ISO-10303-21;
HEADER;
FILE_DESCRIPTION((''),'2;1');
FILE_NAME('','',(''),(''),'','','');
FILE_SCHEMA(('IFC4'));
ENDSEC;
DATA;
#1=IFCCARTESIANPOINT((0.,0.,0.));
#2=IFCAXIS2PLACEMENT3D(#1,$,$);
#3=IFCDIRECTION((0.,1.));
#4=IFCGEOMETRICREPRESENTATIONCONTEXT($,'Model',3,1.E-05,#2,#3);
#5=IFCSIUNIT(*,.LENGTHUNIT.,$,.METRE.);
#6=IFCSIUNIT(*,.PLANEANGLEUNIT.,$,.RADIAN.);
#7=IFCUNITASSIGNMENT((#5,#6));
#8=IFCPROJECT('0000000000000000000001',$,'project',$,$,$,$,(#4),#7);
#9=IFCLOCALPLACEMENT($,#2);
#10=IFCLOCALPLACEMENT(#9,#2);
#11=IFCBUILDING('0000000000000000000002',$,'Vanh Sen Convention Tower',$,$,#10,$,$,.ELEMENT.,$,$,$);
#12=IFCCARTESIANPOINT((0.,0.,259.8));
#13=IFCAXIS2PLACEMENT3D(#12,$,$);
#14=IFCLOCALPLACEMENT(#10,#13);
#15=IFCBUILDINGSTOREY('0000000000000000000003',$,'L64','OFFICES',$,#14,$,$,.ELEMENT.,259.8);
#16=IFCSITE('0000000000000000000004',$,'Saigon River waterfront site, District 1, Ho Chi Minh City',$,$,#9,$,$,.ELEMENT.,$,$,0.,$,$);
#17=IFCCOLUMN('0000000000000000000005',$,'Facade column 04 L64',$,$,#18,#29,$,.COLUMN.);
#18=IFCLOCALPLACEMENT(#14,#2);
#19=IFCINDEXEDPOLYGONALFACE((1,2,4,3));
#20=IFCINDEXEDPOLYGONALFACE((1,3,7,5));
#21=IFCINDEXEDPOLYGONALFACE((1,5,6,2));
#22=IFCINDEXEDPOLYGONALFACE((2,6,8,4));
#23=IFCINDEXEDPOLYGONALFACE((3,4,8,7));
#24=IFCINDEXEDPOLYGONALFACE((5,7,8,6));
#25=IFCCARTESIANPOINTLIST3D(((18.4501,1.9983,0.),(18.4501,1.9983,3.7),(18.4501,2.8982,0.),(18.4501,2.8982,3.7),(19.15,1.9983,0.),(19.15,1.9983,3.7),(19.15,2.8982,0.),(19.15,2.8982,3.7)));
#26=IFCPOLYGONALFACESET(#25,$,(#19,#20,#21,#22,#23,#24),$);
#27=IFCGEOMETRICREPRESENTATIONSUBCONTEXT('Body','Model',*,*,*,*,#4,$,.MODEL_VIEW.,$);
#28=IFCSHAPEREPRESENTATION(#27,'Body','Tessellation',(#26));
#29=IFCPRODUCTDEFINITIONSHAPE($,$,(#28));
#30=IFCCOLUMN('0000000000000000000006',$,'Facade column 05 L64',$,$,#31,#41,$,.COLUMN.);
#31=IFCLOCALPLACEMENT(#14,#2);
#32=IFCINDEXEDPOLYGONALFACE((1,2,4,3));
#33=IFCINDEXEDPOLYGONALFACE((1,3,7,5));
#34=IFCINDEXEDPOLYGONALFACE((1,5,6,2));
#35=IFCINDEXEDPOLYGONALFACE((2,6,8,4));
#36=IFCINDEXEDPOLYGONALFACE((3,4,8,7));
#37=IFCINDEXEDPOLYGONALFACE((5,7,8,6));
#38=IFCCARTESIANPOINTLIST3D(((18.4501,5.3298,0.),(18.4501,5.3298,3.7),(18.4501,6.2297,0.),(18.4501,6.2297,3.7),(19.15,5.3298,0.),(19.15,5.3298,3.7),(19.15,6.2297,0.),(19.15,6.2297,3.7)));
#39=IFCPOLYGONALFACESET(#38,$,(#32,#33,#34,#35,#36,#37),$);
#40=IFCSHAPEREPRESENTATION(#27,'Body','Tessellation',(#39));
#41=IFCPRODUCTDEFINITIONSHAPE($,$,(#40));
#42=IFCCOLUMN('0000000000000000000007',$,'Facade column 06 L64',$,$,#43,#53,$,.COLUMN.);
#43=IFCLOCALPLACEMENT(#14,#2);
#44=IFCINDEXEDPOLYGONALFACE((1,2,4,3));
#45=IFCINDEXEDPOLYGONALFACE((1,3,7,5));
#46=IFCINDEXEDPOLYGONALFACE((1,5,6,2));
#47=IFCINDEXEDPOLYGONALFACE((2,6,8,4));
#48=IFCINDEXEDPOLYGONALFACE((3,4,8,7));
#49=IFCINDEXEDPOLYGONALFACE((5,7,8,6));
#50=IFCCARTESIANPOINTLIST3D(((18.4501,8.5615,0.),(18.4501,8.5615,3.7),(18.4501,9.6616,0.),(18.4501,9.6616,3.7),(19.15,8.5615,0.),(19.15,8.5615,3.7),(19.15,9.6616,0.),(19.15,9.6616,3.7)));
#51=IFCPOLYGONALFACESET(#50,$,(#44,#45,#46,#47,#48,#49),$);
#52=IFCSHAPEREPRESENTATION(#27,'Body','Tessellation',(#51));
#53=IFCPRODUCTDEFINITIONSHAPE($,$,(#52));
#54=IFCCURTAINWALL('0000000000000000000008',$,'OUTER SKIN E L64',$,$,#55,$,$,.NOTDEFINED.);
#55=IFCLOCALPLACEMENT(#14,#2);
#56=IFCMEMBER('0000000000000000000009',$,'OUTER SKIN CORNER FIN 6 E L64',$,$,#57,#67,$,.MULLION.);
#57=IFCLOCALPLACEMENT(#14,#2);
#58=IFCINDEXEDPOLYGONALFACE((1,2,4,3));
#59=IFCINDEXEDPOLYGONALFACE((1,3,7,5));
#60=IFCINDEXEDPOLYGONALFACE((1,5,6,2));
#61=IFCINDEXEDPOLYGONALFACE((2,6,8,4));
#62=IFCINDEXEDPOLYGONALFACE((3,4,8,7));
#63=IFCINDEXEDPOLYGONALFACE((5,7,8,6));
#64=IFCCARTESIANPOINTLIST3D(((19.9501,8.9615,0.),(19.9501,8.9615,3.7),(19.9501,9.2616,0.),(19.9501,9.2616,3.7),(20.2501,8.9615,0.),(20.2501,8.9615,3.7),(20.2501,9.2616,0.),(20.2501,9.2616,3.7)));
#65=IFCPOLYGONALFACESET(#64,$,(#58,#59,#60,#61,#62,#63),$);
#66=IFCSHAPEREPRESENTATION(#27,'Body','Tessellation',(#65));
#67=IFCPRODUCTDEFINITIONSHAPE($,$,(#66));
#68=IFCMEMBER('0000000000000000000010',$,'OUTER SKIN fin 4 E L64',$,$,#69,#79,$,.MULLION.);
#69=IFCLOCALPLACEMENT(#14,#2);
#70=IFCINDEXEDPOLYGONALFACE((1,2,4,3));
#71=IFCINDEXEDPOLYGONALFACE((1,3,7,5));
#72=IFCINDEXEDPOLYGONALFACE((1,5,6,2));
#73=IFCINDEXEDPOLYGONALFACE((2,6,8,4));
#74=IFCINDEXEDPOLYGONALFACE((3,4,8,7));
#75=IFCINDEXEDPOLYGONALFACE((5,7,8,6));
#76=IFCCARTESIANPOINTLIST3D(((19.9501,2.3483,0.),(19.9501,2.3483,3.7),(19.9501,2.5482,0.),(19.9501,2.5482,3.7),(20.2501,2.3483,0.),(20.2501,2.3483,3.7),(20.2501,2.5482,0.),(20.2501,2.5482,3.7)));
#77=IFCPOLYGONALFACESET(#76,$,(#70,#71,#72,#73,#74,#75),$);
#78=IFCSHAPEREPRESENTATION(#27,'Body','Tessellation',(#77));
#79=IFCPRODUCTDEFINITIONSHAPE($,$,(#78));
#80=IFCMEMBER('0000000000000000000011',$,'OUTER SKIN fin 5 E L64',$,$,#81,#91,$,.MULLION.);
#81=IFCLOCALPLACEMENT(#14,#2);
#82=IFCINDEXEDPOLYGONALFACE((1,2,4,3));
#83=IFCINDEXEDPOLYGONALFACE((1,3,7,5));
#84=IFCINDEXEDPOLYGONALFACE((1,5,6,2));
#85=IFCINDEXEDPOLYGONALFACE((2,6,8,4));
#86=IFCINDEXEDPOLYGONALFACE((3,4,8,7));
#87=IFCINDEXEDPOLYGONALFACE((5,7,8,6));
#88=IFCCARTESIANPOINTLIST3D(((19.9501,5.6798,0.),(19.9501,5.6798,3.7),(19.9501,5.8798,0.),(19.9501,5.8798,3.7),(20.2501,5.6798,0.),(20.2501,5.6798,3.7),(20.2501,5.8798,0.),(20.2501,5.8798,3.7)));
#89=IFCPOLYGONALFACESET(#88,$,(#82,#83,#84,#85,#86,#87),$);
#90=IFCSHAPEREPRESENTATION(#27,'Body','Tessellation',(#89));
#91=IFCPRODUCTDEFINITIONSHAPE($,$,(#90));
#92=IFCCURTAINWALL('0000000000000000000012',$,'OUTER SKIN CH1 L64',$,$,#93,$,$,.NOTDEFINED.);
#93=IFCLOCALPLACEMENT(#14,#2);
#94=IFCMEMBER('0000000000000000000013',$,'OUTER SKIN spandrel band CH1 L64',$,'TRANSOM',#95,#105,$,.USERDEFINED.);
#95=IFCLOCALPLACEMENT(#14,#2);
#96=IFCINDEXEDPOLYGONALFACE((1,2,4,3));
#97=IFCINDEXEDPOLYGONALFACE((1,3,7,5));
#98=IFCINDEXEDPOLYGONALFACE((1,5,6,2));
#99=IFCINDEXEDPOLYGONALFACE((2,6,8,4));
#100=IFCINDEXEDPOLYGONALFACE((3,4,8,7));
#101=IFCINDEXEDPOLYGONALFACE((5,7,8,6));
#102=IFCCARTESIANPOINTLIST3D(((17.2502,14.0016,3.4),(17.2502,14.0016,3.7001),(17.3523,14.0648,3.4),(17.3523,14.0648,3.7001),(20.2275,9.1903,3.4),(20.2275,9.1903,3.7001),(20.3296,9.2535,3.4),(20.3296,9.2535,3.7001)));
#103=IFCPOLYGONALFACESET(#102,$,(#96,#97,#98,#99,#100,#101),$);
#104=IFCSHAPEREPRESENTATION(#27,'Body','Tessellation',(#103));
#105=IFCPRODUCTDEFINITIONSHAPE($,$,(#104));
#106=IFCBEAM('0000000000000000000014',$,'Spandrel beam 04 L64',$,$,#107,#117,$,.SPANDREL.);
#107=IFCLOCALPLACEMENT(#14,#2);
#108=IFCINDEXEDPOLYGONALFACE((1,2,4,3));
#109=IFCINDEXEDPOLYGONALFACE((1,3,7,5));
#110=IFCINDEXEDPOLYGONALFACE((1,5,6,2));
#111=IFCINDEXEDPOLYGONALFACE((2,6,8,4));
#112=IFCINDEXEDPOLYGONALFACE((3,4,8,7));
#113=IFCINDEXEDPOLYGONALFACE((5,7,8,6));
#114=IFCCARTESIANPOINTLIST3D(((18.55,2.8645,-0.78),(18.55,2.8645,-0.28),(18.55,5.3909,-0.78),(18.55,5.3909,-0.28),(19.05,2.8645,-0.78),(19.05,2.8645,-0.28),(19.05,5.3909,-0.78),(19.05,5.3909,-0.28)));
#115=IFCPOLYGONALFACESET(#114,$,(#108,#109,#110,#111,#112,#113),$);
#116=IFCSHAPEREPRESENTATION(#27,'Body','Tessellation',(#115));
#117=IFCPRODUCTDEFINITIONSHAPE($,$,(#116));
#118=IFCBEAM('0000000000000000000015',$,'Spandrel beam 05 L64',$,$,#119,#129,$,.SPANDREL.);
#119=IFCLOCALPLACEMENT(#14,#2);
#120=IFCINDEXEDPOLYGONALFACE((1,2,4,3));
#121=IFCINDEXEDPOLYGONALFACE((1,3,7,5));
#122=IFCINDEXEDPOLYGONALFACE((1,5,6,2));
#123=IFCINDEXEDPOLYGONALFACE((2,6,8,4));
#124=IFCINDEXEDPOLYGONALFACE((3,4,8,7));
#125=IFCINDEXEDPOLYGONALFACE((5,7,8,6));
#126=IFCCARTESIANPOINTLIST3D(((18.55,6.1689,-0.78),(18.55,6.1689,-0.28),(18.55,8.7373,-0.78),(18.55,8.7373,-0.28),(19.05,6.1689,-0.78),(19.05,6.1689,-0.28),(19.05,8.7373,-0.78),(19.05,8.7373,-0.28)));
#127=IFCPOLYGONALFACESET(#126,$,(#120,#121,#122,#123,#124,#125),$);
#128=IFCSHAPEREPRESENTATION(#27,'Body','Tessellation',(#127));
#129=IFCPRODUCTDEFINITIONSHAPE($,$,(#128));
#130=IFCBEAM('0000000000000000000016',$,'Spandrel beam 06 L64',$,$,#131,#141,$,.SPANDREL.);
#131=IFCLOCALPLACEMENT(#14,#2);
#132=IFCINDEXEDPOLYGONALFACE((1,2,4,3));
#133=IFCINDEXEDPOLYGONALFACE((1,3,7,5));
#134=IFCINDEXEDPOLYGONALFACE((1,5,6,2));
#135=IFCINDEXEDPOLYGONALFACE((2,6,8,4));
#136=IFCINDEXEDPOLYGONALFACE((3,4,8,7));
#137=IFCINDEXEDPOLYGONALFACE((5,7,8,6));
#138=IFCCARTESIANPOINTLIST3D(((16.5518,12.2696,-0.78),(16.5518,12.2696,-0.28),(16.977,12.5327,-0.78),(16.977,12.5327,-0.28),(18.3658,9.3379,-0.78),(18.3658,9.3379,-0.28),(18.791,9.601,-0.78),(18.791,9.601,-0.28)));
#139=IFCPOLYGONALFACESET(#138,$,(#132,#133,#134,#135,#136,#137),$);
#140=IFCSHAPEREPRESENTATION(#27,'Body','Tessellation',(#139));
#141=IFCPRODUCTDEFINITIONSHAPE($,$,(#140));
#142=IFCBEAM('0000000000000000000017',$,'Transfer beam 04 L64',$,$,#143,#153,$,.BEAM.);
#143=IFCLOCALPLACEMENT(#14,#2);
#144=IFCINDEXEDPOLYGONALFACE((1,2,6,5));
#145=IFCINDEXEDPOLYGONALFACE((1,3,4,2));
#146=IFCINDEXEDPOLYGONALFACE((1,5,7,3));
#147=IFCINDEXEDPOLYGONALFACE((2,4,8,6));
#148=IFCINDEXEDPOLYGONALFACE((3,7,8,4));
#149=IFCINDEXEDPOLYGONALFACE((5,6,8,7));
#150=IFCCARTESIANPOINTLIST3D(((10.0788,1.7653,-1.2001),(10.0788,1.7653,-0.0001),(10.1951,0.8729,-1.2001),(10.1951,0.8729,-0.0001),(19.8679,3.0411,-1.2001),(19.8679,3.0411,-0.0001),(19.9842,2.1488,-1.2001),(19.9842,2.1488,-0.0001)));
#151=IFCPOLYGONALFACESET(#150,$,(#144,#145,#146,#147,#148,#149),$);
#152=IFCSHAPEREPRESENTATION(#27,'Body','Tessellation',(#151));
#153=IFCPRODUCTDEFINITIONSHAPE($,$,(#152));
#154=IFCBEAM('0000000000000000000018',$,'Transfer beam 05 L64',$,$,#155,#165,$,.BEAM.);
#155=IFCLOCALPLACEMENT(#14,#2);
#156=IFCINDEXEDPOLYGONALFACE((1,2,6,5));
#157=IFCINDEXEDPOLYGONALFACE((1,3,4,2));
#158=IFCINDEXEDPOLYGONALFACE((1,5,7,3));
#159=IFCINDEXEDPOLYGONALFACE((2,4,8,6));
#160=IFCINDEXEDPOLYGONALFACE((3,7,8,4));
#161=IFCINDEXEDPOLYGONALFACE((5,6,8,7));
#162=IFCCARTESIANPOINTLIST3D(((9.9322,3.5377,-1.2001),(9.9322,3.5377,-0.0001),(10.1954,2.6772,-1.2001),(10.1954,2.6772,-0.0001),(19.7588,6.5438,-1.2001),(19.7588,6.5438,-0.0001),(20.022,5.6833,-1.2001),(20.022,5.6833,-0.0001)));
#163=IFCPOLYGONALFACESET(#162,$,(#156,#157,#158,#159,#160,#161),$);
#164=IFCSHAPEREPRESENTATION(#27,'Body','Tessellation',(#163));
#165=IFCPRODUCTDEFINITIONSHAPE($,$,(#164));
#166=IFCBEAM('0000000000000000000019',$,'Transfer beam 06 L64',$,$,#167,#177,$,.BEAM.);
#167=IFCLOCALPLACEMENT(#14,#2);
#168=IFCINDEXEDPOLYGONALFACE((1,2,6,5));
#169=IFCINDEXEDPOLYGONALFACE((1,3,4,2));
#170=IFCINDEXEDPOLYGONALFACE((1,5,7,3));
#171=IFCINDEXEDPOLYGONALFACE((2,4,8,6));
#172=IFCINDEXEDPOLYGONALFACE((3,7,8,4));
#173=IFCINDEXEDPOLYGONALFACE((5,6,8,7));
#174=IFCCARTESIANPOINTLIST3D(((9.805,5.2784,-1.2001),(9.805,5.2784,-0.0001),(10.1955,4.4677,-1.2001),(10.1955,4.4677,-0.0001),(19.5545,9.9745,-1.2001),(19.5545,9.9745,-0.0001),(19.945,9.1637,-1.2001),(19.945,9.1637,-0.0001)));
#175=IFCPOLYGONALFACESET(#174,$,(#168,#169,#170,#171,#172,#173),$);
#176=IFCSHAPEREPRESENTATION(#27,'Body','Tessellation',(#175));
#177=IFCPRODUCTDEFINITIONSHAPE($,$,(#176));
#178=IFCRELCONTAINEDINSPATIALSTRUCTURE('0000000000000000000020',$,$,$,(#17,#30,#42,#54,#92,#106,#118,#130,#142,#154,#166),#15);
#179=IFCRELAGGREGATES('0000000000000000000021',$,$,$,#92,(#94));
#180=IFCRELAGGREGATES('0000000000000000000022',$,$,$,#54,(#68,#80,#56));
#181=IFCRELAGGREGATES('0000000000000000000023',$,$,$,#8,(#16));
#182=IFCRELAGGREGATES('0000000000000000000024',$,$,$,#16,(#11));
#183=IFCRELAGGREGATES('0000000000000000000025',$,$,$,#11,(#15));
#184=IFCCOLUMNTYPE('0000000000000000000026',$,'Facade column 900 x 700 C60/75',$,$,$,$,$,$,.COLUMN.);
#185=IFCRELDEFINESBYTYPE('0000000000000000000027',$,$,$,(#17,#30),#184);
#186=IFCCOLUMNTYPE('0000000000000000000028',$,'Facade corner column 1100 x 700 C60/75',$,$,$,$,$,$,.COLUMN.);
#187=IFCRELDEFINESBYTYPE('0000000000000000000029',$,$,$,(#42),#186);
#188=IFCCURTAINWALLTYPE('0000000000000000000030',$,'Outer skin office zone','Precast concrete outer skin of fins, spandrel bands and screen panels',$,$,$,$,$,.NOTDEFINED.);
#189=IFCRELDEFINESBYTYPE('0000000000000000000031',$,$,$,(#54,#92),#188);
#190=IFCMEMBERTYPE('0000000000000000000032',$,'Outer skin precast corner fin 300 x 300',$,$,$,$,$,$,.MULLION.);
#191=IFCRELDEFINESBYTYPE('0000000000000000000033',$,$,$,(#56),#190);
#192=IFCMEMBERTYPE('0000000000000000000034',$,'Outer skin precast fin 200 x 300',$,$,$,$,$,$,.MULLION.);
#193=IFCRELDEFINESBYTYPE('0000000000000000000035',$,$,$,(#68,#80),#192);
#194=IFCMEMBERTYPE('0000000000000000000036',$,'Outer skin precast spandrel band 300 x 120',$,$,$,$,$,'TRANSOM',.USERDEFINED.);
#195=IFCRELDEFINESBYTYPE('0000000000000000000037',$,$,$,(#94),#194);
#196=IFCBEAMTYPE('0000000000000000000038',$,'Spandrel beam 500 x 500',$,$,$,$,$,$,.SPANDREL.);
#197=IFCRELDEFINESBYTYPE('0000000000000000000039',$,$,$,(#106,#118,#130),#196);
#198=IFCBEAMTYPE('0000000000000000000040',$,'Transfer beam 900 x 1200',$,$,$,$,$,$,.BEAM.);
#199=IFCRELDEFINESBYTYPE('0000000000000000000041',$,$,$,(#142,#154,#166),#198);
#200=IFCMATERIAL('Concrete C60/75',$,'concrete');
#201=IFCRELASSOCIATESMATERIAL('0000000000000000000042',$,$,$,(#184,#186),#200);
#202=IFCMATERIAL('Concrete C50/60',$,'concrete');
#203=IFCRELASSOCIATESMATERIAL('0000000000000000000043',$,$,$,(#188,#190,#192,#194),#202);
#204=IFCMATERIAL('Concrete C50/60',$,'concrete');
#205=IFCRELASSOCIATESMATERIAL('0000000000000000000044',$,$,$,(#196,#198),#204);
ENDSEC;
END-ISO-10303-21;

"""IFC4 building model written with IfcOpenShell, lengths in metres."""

from ifc_helpers import new_model, si_unit, direction, frame, origin, origin_2d, place, context, subcontext, project, spatial, rectangle, extrude, material, material_profile, profile_set, type_object, element, aggregate, save


model = new_model("IFC4")

# Units and contexts
model_context = context("Model", 3, precision=1e-05, world=origin(), true_north=direction((0.0, 1.0)))
body_context = subcontext(model_context, "Body", "Model", "MODEL_VIEW")
ifc_project = project(units=[si_unit("LENGTHUNIT", "METRE"), si_unit("PLANEANGLEUNIT", "RADIAN")], contexts=[model_context])

# Site, building, storey
site_placement = place(None, origin())
site = spatial("IfcSite", under=ifc_project, at=site_placement, Name="Saigon River waterfront site, District 1, Ho Chi Minh City", CompositionType="ELEMENT", RefElevation=0.0)
building_placement = place(site_placement, origin())
building = spatial("IfcBuilding", under=site, at=building_placement, Name="Vanh Sen Convention Tower", CompositionType="ELEMENT")
storey_placement = place(building_placement, frame((0.0, 0.0, 259.8)))
storey = spatial("IfcBuildingStorey", under=building, at=storey_placement, Name="L64", Description="OFFICES", CompositionType="ELEMENT", Elevation=259.8)

# Columns
ifc_material_1 = material(Name="Concrete C60/75", Category="concrete")
ifc_material_profile_1 = material_profile(ifc_material_1, rectangle(XDim=0.8999, YDim=0.7, at=origin_2d()), Name="RC 900X700")
ifc_profile_set_1 = profile_set([ifc_material_profile_1], Name="Concrete C60/75")
column_type_1 = type_object("IfcColumnType", Name="Facade column 900 x 700 C60/75", PredefinedType="COLUMN", material=ifc_profile_set_1)
for number, where, z_axis, x_axis, name in (
    (1, (18.8, 2.4482, 0.0), (0.0, 0.0, 1.0), (0.0, 1.0, 0.0), "Facade column 04 L64"),
    (2, (18.8, 5.7798, 0.0), (0.0, 0.0, 1.0), (0.0, 1.0, 0.0), "Facade column 05 L64"),
):
    element("IfcColumn", number, at=place(storey_placement, frame(where, z_axis=z_axis, x_axis=x_axis)), inside=storey, type_object=column_type_1, Name=name, PredefinedType="COLUMN", context=body_context, shape_type="SweptSolid", body=[
        extrude(rectangle(XDim=0.8999, YDim=0.7, at=origin_2d()), origin(), (0.0, 0.0, 1.0), 3.7),
    ])
ifc_material_profile_2 = material_profile(ifc_material_1, rectangle(XDim=1.1001, YDim=0.7, at=origin_2d()), Name="RC 1100X700")
ifc_profile_set_2 = profile_set([ifc_material_profile_2], Name="Concrete C60/75")
column_type_2 = type_object("IfcColumnType", Name="Facade corner column 1100 x 700 C60/75", PredefinedType="COLUMN", material=ifc_profile_set_2)
column_placement = place(storey_placement, frame((18.8, 9.1116, 0.0), z_axis=(0.0, 0.0, 1.0), x_axis=(0.0, 1.0, 0.0)))
element("IfcColumn", 3, at=column_placement, inside=storey, type_object=column_type_2, Name="Facade column 06 L64", PredefinedType="COLUMN", context=body_context, shape_type="SweptSolid", body=[
    extrude(rectangle(XDim=1.1001, YDim=0.7, at=origin_2d()), origin(), (0.0, 0.0, 1.0), 3.7),
])

# Curtain wall, members
ifc_material_2 = material(Name="Concrete C50/60", Category="concrete")
curtain_wall_type = type_object("IfcCurtainWallType", Name="Outer skin office zone", Description="Precast concrete outer skin of fins, spandrel bands and screen panels", PredefinedType="NOTDEFINED", material=ifc_material_2)
curtain_wall_1_placement = place(storey_placement, origin())
curtain_wall_1 = element("IfcCurtainWall", 4, at=curtain_wall_1_placement, inside=storey, type_object=curtain_wall_type, Name="OUTER SKIN E L64", PredefinedType="NOTDEFINED")
ifc_material_profile_3 = material_profile(ifc_material_2, rectangle(XDim=0.3, YDim=0.3, at=origin_2d()), Name="Outer skin precast corner fin 300 x 300")
ifc_profile_set_3 = profile_set([ifc_material_profile_3], Name="Concrete C50/60")
member_type_1 = type_object("IfcMemberType", Name="Outer skin precast corner fin 300 x 300", PredefinedType="MULLION", material=ifc_profile_set_3)
member_1_placement = place(storey_placement, frame((20.1001, 9.1116, 0.0), z_axis=(0.0, 0.0, 1.0), x_axis=(0.0, 1.0, 0.0)))
member_1 = element("IfcMember", 5, at=member_1_placement, type_object=member_type_1, Name="OUTER SKIN CORNER FIN 6 E L64", PredefinedType="MULLION", context=body_context, shape_type="SweptSolid", body=[
    extrude(rectangle(XDim=0.3, YDim=0.3, at=origin_2d()), origin(), (0.0, 0.0, 1.0), 3.7),
])
ifc_material_profile_4 = material_profile(ifc_material_2, rectangle(XDim=0.2, YDim=0.3, at=origin_2d()), Name="Outer skin precast fin 200 x 300")
ifc_profile_set_4 = profile_set([ifc_material_profile_4], Name="Concrete C50/60")
member_type_2 = type_object("IfcMemberType", Name="Outer skin precast fin 200 x 300", PredefinedType="MULLION", material=ifc_profile_set_4)
member_2_placement = place(storey_placement, frame((20.1001, 2.4482, 0.0), z_axis=(0.0, 0.0, 1.0), x_axis=(0.0, 1.0, 0.0)))
member_2 = element("IfcMember", 6, at=member_2_placement, type_object=member_type_2, Name="OUTER SKIN fin 4 E L64", PredefinedType="MULLION", context=body_context, shape_type="SweptSolid", body=[
    extrude(rectangle(XDim=0.2, YDim=0.3, at=origin_2d()), origin(), (0.0, 0.0, 1.0), 3.7),
])
member_3_placement = place(storey_placement, frame((20.1001, 5.7798, 0.0), z_axis=(0.0, 0.0, 1.0), x_axis=(0.0, 1.0, 0.0)))
member_3 = element("IfcMember", 7, at=member_3_placement, type_object=member_type_2, Name="OUTER SKIN fin 5 E L64", PredefinedType="MULLION", context=body_context, shape_type="SweptSolid", body=[
    extrude(rectangle(XDim=0.2, YDim=0.3, at=origin_2d()), origin(), (0.0, 0.0, 1.0), 3.7),
])

# Curtain wall, member
curtain_wall_2_placement = place(storey_placement, origin())
curtain_wall_2 = element("IfcCurtainWall", 8, at=curtain_wall_2_placement, inside=storey, type_object=curtain_wall_type, Name="OUTER SKIN CH1 L64", PredefinedType="NOTDEFINED")
ifc_material_profile_5 = material_profile(ifc_material_2, rectangle(XDim=0.1201, YDim=0.3, at=origin_2d()), Name="Outer skin precast spandrel band 300 x 120")
ifc_profile_set_5 = profile_set([ifc_material_profile_5], Name="Concrete C50/60")
member_type_3 = type_object("IfcMemberType", Name="Outer skin precast spandrel band 300 x 120", ElementType="TRANSOM", PredefinedType="USERDEFINED", material=ifc_profile_set_5)
member_4_placement = place(storey_placement, frame((20.2786, 9.2219, 3.55), z_axis=(-0.526212, 0.850353, 0.0), x_axis=(-0.850353, -0.526212, 0.0)))
member_4 = element("IfcMember", 9, at=member_4_placement, type_object=member_type_3, Name="OUTER SKIN spandrel band CH1 L64", ObjectType="TRANSOM", PredefinedType="USERDEFINED", context=body_context, shape_type="SweptSolid", body=[
    extrude(rectangle(XDim=0.1201, YDim=0.3, at=origin_2d()), origin(), (0.0, 0.0, 1.0), 5.658),
])
aggregate(curtain_wall_2, [member_4])

# Beams
ifc_material_3 = material(Name="Concrete C50/60", Category="concrete")
ifc_material_profile_6 = material_profile(ifc_material_3, rectangle(XDim=0.5, YDim=0.5, at=origin_2d()), Name="RC 500X500")
ifc_profile_set_6 = profile_set([ifc_material_profile_6], Name="Concrete C50/60")
beam_type_1 = type_object("IfcBeamType", Name="Spandrel beam 500 x 500", PredefinedType="SPANDREL", material=ifc_profile_set_6)
beam_1_placement = place(storey_placement, frame((18.8, 2.8645, -0.53), z_axis=(0.0, 1.0, 0.0), x_axis=(-1.0, 0.0, 0.0)))
element("IfcBeam", 10, at=beam_1_placement, inside=storey, type_object=beam_type_1, Name="Spandrel beam 04 L64", PredefinedType="SPANDREL", context=body_context, shape_type="SweptSolid", body=[
    extrude(rectangle(XDim=0.5, YDim=0.5, at=origin_2d()), origin(), (0.0, 0.0, 1.0), 2.5264),
])
beam_2_placement = place(storey_placement, frame((18.8, 6.1689, -0.53), z_axis=(0.0, 1.0, 0.0), x_axis=(-1.0, 0.0, 0.0)))
element("IfcBeam", 11, at=beam_2_placement, inside=storey, type_object=beam_type_1, Name="Spandrel beam 05 L64", PredefinedType="SPANDREL", context=body_context, shape_type="SweptSolid", body=[
    extrude(rectangle(XDim=0.5, YDim=0.5, at=origin_2d()), origin(), (0.0, 0.0, 1.0), 2.5684),
])
beam_3_placement = place(storey_placement, frame((18.5784, 9.4695, -0.53), z_axis=(-0.526174, 0.850377, 0.0), x_axis=(-0.850377, -0.526174, 0.0)))
element("IfcBeam", 12, at=beam_3_placement, inside=storey, type_object=beam_type_1, Name="Spandrel beam 06 L64", PredefinedType="SPANDREL", context=body_context, shape_type="SweptSolid", body=[
    extrude(rectangle(XDim=0.5, YDim=0.5, at=origin_2d()), origin(), (0.0, 0.0, 1.0), 3.4475),
])
ifc_material_profile_7 = material_profile(ifc_material_3, rectangle(XDim=0.8999, YDim=1.2, at=origin_2d()), Name="RC 900X1200")
ifc_profile_set_7 = profile_set([ifc_material_profile_7], Name="Concrete C50/60")
beam_type_2 = type_object("IfcBeamType", Name="Transfer beam 900 x 1200", PredefinedType="BEAM", material=ifc_profile_set_7)
beam_4_placement = place(storey_placement, frame((19.926, 2.595, -0.6001), z_axis=(-0.991613, -0.129244, 0.0), x_axis=(0.129244, -0.991613, 0.0)))
element("IfcBeam", 13, at=beam_4_placement, inside=storey, type_object=beam_type_2, Name="Transfer beam 04 L64", PredefinedType="BEAM", context=body_context, shape_type="SweptSolid", body=[
    extrude(rectangle(XDim=0.8999, YDim=1.2, at=origin_2d()), origin(), (0.0, 0.0, 1.0), 9.8718),
])
beam_5_placement = place(storey_placement, frame((19.8904, 6.1135, -0.6001), z_axis=(-0.956256, -0.292531, 0.0), x_axis=(0.292531, -0.956256, 0.0)))
element("IfcBeam", 14, at=beam_5_placement, inside=storey, type_object=beam_type_2, Name="Transfer beam 05 L64", PredefinedType="BEAM", context=body_context, shape_type="SweptSolid", body=[
    extrude(rectangle(XDim=0.8999, YDim=1.2, at=origin_2d()), origin(), (0.0, 0.0, 1.0), 10.2761),
])
beam_6_placement = place(storey_placement, frame((19.7498, 9.5691, -0.6001), z_axis=(-0.900935, -0.433953, 0.0), x_axis=(0.433953, -0.900935, 0.0)))
element("IfcBeam", 15, at=beam_6_placement, inside=storey, type_object=beam_type_2, Name="Transfer beam 06 L64", PredefinedType="BEAM", context=body_context, shape_type="SweptSolid", body=[
    extrude(rectangle(XDim=0.8999, YDim=1.2, at=origin_2d()), origin(), (0.0, 0.0, 1.0), 10.8215),
])

aggregate(curtain_wall_1, [member_2, member_3, member_1])

save(model, "model.ifc")
